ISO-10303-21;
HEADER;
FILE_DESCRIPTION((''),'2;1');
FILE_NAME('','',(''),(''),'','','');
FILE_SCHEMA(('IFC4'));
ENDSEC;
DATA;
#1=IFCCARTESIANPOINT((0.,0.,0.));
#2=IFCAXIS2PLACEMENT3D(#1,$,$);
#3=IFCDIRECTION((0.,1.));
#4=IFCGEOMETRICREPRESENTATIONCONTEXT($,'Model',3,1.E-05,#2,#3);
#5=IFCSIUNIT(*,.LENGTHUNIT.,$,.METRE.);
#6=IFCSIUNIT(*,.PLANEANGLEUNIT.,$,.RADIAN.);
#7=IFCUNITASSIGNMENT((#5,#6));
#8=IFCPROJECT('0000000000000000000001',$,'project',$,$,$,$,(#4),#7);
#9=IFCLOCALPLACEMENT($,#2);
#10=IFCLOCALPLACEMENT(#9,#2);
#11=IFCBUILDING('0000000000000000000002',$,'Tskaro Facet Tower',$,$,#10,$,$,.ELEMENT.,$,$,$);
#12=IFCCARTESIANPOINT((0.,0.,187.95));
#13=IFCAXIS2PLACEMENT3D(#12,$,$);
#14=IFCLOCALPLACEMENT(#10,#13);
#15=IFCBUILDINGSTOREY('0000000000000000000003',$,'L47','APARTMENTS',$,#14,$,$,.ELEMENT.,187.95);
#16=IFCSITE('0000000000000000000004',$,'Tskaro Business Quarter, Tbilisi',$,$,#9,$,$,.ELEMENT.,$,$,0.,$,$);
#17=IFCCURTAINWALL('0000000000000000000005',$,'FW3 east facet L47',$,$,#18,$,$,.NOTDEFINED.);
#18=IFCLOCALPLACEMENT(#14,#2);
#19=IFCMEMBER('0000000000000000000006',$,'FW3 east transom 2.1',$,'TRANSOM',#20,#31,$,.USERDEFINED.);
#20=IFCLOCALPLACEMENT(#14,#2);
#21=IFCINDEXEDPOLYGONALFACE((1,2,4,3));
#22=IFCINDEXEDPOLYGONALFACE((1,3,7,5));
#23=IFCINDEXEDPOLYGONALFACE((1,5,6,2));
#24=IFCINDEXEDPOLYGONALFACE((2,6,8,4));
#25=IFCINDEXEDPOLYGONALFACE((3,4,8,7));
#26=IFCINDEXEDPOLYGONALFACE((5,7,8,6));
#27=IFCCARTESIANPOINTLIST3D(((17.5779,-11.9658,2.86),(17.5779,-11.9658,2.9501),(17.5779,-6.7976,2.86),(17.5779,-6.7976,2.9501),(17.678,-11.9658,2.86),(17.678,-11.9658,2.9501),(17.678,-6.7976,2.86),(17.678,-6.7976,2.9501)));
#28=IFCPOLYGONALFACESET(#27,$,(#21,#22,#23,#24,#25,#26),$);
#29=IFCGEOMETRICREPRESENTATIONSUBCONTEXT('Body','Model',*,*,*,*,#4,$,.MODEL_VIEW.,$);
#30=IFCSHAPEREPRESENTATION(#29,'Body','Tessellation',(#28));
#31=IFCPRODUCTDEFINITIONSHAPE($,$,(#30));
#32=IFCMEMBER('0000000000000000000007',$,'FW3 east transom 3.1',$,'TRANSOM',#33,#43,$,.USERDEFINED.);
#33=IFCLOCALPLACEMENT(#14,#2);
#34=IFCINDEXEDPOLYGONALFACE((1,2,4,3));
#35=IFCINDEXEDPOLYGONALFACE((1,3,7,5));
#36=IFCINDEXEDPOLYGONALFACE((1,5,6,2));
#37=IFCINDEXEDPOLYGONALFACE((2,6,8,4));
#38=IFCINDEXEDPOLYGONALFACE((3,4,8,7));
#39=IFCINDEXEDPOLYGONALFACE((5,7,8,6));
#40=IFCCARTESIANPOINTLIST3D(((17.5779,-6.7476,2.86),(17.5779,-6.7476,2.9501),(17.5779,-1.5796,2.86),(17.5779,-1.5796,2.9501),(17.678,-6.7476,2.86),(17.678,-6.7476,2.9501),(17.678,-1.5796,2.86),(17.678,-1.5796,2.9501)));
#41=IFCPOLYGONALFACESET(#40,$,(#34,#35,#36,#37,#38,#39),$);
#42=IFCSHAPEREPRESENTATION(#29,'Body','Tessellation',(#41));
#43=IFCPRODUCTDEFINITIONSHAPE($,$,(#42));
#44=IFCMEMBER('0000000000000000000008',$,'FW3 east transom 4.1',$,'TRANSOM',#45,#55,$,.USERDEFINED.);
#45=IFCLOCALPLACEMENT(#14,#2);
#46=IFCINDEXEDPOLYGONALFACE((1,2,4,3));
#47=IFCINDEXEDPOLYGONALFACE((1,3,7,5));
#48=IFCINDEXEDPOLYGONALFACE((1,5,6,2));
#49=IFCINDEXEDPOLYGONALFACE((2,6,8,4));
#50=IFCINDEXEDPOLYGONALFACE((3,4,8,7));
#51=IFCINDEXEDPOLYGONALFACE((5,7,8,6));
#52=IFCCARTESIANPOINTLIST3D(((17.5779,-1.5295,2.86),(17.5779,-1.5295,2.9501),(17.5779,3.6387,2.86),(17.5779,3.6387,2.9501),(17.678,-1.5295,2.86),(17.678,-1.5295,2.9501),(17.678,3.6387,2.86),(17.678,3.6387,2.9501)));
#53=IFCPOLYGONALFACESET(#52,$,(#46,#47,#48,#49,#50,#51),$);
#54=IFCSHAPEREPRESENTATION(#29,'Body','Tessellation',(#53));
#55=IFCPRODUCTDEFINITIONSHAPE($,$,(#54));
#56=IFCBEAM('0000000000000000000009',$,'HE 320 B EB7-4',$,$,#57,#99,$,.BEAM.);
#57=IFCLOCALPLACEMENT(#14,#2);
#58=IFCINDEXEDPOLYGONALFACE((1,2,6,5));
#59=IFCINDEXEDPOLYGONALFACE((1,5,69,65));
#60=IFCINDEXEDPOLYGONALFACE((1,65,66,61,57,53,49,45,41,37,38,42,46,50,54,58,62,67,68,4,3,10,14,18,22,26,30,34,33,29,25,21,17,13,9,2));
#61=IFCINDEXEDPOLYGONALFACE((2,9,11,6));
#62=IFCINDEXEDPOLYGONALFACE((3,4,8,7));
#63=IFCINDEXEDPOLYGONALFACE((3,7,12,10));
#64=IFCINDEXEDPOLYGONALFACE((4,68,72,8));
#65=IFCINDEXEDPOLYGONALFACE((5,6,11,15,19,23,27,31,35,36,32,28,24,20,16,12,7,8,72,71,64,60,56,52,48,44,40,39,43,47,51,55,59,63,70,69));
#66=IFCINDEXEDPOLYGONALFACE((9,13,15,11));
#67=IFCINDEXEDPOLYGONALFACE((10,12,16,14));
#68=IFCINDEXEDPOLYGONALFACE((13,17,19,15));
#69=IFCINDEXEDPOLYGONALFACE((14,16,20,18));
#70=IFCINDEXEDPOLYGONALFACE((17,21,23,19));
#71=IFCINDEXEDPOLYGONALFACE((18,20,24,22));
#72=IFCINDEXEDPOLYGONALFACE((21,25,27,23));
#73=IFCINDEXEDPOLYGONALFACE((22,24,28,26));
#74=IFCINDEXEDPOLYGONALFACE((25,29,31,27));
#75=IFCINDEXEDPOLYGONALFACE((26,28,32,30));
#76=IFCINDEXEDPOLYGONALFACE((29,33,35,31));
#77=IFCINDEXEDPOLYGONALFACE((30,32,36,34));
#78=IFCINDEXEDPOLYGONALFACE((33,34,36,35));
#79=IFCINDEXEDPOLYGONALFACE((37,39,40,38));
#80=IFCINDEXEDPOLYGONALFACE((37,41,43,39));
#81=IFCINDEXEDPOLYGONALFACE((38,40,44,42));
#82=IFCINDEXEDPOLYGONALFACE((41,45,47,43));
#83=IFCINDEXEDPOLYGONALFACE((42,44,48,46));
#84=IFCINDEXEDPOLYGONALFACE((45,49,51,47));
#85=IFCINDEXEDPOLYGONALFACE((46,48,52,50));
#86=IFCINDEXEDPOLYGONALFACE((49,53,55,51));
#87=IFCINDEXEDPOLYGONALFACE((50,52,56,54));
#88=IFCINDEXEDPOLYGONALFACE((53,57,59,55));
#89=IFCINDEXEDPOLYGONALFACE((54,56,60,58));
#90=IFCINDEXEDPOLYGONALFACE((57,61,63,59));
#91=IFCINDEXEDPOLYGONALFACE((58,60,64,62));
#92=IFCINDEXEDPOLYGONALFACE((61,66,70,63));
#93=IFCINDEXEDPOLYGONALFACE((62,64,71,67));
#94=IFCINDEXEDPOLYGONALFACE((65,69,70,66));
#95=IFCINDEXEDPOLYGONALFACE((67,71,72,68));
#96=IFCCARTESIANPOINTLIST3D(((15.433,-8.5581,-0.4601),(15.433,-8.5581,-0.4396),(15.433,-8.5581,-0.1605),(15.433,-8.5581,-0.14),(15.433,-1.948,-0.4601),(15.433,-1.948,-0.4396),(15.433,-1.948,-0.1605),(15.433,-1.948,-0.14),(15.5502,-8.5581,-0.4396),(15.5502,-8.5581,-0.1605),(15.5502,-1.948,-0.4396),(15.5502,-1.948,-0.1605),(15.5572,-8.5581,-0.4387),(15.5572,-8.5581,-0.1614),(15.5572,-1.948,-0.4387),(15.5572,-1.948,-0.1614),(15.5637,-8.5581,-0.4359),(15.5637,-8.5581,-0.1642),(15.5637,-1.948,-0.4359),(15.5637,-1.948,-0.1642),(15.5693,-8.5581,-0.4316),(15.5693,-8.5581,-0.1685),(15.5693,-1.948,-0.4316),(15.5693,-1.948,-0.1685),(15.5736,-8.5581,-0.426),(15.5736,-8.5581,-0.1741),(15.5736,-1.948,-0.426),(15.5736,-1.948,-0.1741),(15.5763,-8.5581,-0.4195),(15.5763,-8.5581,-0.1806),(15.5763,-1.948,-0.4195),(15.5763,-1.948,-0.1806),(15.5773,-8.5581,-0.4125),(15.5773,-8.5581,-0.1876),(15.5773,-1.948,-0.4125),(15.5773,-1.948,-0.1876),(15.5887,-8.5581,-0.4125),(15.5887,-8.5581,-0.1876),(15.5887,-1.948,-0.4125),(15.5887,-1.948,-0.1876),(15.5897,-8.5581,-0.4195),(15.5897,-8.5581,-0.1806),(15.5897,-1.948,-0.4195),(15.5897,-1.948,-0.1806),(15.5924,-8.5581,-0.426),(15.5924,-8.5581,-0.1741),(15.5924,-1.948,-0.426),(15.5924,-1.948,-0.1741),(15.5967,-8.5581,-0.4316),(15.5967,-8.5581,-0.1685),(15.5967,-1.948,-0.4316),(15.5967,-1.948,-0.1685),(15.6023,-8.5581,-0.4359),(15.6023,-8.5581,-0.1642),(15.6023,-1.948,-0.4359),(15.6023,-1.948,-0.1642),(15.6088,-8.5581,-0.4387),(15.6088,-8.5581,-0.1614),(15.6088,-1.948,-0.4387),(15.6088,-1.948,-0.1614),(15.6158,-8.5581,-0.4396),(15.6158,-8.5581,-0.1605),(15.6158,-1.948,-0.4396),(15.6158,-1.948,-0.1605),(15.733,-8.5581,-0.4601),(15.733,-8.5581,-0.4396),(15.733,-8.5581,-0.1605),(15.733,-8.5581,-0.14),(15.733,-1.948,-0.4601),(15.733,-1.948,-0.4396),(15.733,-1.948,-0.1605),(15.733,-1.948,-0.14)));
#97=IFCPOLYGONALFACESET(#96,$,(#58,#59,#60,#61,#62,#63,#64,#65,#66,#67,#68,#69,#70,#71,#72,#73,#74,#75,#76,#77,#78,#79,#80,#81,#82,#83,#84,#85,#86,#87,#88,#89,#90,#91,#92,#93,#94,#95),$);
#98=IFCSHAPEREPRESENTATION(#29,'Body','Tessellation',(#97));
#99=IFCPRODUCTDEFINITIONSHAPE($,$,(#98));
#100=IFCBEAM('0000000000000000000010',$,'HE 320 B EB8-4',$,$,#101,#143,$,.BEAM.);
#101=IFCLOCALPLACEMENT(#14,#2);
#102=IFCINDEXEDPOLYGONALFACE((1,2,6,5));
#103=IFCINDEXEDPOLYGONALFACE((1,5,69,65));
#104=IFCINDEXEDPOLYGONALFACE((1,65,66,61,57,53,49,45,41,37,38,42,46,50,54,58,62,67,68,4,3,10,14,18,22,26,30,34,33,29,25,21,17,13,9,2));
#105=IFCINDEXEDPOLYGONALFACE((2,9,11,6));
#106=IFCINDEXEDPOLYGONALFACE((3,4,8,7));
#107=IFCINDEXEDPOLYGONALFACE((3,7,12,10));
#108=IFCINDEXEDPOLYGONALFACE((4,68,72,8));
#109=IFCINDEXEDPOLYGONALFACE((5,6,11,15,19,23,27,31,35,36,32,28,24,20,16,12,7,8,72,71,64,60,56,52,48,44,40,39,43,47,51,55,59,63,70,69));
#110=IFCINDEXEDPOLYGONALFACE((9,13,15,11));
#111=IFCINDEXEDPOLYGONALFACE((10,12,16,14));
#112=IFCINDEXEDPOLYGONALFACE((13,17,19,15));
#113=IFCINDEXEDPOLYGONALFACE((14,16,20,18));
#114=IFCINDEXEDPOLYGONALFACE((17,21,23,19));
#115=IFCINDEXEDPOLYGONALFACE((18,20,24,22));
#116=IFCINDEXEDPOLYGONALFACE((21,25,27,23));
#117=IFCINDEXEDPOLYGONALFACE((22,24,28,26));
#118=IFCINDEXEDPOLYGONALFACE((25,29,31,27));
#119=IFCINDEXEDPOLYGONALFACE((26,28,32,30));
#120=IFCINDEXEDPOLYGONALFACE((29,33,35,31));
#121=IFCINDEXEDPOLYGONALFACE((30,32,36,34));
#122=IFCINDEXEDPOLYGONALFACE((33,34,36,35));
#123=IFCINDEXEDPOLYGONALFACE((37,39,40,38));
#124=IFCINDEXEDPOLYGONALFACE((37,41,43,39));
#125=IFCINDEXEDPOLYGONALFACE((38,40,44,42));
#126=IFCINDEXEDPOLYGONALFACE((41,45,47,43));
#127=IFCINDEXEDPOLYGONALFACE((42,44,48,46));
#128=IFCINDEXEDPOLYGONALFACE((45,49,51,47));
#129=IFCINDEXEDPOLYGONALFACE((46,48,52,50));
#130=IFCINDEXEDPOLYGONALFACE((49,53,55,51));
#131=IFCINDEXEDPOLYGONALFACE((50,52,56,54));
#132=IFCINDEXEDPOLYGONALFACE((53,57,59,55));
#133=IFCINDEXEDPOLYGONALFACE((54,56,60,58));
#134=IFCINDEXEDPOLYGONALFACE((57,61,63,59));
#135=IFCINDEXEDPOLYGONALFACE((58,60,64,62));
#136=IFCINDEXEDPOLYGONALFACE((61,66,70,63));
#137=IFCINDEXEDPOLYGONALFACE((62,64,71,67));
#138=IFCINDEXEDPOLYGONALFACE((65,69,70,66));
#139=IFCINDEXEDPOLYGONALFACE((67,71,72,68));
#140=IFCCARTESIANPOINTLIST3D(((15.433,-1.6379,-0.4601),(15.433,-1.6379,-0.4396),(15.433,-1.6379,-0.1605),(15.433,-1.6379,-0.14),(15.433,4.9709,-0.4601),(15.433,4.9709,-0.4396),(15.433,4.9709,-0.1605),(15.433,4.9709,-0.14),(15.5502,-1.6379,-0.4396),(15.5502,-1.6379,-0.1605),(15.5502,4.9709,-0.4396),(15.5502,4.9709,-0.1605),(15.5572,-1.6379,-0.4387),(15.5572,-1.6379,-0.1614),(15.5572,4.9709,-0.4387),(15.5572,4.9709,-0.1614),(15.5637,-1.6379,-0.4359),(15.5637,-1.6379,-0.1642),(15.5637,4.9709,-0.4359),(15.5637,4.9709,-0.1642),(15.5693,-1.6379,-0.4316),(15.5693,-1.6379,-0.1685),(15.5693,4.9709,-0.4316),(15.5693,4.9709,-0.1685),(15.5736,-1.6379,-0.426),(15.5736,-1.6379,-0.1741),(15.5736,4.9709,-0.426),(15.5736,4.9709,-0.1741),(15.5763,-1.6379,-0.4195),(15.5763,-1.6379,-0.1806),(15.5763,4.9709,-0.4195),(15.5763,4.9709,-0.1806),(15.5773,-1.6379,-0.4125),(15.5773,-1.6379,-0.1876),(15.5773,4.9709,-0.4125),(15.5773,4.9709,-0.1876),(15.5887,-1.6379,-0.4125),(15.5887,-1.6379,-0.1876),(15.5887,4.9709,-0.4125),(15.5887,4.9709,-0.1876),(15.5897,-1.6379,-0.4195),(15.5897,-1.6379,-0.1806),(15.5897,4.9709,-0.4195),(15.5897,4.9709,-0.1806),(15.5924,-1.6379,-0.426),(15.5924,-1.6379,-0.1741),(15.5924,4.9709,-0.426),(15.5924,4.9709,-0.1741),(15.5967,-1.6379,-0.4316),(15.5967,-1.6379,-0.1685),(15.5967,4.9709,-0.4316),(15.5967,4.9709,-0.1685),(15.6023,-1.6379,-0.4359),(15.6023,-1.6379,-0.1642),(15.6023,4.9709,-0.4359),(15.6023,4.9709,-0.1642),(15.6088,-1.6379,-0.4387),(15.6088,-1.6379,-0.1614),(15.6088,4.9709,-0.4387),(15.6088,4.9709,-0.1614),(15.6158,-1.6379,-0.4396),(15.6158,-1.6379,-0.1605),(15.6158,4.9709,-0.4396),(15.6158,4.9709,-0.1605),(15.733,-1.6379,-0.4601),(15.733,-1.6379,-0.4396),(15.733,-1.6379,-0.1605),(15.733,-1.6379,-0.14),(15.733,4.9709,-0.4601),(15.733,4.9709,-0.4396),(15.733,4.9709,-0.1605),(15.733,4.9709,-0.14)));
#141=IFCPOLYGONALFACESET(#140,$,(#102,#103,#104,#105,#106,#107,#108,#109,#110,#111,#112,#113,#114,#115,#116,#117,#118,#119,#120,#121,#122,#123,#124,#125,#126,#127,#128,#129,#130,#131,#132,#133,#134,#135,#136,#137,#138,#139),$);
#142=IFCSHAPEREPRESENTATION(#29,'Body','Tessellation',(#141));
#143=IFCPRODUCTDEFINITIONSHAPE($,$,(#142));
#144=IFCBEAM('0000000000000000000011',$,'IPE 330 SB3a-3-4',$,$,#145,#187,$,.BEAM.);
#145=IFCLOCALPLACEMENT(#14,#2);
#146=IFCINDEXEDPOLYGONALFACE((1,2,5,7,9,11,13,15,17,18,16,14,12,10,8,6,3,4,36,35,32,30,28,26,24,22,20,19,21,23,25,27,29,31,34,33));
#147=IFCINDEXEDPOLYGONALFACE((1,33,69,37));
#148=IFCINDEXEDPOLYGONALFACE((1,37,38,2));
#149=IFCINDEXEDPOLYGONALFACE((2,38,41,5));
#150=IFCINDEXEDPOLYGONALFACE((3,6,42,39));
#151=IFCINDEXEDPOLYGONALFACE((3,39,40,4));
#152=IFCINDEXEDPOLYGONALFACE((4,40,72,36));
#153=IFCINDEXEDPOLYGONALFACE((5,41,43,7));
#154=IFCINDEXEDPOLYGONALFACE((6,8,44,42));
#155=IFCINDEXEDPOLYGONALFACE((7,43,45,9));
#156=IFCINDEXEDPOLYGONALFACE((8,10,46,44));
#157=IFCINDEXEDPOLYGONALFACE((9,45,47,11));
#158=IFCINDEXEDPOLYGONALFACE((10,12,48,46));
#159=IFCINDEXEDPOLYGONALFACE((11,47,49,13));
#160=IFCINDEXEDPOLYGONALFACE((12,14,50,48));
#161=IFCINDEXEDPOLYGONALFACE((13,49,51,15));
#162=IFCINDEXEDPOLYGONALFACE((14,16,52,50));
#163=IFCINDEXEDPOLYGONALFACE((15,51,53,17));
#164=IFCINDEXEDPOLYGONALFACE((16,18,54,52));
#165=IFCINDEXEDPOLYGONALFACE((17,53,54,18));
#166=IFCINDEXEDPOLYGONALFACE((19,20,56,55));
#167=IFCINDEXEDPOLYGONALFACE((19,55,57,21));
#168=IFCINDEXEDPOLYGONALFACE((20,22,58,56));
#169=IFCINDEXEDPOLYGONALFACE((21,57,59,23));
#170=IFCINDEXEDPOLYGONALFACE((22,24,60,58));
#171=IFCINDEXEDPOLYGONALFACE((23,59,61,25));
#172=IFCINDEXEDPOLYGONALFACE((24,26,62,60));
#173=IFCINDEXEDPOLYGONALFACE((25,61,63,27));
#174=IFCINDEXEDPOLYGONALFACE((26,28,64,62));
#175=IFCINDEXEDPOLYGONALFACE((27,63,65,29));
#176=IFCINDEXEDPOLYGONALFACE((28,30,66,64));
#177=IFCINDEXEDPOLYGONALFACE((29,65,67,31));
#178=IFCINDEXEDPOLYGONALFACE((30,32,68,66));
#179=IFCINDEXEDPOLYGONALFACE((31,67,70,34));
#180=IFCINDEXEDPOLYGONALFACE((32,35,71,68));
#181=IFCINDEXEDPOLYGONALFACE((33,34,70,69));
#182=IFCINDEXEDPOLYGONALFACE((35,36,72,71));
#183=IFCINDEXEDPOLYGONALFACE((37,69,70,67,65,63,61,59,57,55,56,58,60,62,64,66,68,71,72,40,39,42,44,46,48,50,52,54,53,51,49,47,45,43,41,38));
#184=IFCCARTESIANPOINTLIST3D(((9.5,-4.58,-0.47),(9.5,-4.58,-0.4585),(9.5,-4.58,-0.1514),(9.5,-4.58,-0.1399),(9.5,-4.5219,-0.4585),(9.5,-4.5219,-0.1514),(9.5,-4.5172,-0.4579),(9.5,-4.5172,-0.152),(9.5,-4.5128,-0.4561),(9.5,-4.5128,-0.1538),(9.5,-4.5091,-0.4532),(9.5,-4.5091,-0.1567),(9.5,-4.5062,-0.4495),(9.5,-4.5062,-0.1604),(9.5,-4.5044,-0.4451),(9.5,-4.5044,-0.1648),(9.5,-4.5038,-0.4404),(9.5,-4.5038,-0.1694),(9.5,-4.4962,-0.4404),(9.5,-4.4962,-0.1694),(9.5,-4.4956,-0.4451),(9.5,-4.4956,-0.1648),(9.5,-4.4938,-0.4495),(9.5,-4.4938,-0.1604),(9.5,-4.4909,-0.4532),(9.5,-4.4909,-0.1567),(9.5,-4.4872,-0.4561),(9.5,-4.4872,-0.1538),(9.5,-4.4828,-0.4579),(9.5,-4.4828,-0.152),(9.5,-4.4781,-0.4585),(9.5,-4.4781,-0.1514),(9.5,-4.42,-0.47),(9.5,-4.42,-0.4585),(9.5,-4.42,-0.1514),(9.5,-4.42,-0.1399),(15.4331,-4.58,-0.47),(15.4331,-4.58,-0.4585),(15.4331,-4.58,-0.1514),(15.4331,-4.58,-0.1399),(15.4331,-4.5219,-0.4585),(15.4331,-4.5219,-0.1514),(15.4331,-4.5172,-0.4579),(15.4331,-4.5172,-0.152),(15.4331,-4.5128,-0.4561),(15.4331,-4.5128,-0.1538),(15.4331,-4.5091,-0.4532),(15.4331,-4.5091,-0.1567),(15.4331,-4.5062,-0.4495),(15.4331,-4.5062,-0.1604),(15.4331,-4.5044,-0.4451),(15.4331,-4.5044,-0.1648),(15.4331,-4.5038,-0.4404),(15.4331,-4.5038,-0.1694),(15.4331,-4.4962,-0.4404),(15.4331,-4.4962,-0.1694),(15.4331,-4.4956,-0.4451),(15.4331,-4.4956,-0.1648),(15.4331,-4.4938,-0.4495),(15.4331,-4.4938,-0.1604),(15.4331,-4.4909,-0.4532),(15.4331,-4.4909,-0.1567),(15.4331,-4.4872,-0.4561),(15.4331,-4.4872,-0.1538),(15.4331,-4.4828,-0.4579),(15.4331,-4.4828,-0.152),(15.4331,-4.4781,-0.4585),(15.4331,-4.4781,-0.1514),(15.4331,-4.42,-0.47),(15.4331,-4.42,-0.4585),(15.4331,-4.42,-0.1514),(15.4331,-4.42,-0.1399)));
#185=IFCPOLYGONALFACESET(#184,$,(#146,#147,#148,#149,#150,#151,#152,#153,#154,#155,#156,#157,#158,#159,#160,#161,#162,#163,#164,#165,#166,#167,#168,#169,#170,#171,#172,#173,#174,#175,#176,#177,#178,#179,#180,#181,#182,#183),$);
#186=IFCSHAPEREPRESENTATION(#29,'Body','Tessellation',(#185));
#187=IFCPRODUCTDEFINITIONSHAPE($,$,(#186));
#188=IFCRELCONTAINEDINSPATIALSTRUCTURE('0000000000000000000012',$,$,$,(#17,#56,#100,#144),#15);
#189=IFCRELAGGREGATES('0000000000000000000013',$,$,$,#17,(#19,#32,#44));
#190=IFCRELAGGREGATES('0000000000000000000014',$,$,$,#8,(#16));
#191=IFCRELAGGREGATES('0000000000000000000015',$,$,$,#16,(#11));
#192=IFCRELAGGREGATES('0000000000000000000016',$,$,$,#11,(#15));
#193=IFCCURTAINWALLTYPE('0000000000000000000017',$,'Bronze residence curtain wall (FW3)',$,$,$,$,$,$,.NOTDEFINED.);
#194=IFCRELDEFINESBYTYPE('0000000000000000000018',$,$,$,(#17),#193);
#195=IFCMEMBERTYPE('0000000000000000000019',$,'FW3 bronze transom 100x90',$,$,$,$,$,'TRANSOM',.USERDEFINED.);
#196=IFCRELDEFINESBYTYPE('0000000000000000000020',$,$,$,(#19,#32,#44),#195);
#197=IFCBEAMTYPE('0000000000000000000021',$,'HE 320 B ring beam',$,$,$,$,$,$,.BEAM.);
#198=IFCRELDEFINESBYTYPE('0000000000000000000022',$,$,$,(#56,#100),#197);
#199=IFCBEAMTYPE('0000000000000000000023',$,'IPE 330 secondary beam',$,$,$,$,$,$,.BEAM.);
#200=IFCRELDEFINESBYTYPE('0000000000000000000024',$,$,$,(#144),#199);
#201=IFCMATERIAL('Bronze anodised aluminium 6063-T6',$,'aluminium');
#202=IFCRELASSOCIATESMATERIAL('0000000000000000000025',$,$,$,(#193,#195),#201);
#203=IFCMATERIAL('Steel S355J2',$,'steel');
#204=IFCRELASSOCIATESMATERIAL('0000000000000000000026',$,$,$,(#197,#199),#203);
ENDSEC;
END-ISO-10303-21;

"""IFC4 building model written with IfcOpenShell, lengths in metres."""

from ifc_helpers import new_model, si_unit, direction, frame, origin, origin_2d, place, context, subcontext, project, spatial, rectangle, i_section, extrude, material, material_profile, profile_set, type_object, element, aggregate, save


model = new_model("IFC4")

# Units and contexts
model_context = context("Model", 3, precision=1e-05, world=origin(), true_north=direction((0.0, 1.0)))
body_context = subcontext(model_context, "Body", "Model", "MODEL_VIEW")
ifc_project = project(units=[si_unit("LENGTHUNIT", "METRE"), si_unit("PLANEANGLEUNIT", "RADIAN")], contexts=[model_context])

# Site, building, storey
site_placement = place(None, origin())
site = spatial("IfcSite", under=ifc_project, at=site_placement, Name="Tskaro Business Quarter, Tbilisi", CompositionType="ELEMENT", RefElevation=0.0)
building_placement = place(site_placement, origin())
building = spatial("IfcBuilding", under=site, at=building_placement, Name="Tskaro Facet Tower", CompositionType="ELEMENT")
storey_placement = place(building_placement, frame((0.0, 0.0, 187.95)))
storey = spatial("IfcBuildingStorey", under=building, at=storey_placement, Name="L47", Description="APARTMENTS", CompositionType="ELEMENT", Elevation=187.95)

# Curtain wall, members
ifc_material_1 = material(Name="Bronze anodised aluminium 6063-T6", Category="aluminium")
curtain_wall_type = type_object("IfcCurtainWallType", Name="Bronze residence curtain wall (FW3)", PredefinedType="NOTDEFINED", material=ifc_material_1)
curtain_wall_placement = place(storey_placement, origin())
curtain_wall = element("IfcCurtainWall", 1, at=curtain_wall_placement, inside=storey, type_object=curtain_wall_type, Name="FW3 east facet L47", PredefinedType="NOTDEFINED")
ifc_material_profile_1 = material_profile(ifc_material_1, rectangle(XDim=0.1001, YDim=0.0901, at=origin_2d()), Name="Transom 100x90")
ifc_profile_set_1 = profile_set([ifc_material_profile_1], Name="Bronze anodised aluminium 6063-T6")
member_type_1 = type_object("IfcMemberType", Name="FW3 bronze transom 100x90", ElementType="TRANSOM", PredefinedType="USERDEFINED", material=ifc_profile_set_1)
member_1_placement = place(storey_placement, frame((17.6279, -11.9658, 2.905), z_axis=(0.0, 1.0, 0.0), x_axis=(-1.0, 0.0, 0.0)))
member_1 = element("IfcMember", 2, at=member_1_placement, type_object=member_type_1, Name="FW3 east transom 2.1", ObjectType="TRANSOM", PredefinedType="USERDEFINED", context=body_context, shape_type="SweptSolid", body=[
    extrude(rectangle(XDim=0.1001, YDim=0.0901, at=origin_2d()), origin(), (0.0, 0.0, 1.0), 5.1682),
])
member_2_placement = place(storey_placement, frame((17.6279, -6.7476, 2.905), z_axis=(0.0, 1.0, 0.0), x_axis=(-1.0, 0.0, 0.0)))
member_2 = element("IfcMember", 3, at=member_2_placement, type_object=member_type_1, Name="FW3 east transom 3.1", ObjectType="TRANSOM", PredefinedType="USERDEFINED", context=body_context, shape_type="SweptSolid", body=[
    extrude(rectangle(XDim=0.1001, YDim=0.0901, at=origin_2d()), origin(), (0.0, 0.0, 1.0), 5.168),
])
member_3_placement = place(storey_placement, frame((17.6279, -1.5295, 2.905), z_axis=(0.0, 1.0, 0.0), x_axis=(-1.0, 0.0, 0.0)))
member_3 = element("IfcMember", 4, at=member_3_placement, type_object=member_type_1, Name="FW3 east transom 4.1", ObjectType="TRANSOM", PredefinedType="USERDEFINED", context=body_context, shape_type="SweptSolid", body=[
    extrude(rectangle(XDim=0.1001, YDim=0.0901, at=origin_2d()), origin(), (0.0, 0.0, 1.0), 5.1682),
])

# Beams
ifc_material_2 = material(Name="Steel S355J2", Category="steel")
ifc_material_profile_2 = material_profile(ifc_material_2, i_section(OverallWidth=0.3, OverallDepth=0.3201, WebThickness=0.0115, FlangeThickness=0.0205, FilletRadius=0.0271, at=origin_2d()), Name="HE 320 B")
ifc_profile_set_2 = profile_set([ifc_material_profile_2], Name="Steel S355J2")
beam_type_1 = type_object("IfcBeamType", Name="HE 320 B ring beam", PredefinedType="BEAM", material=ifc_profile_set_2)
beam_1_placement = place(storey_placement, frame((15.583, -8.5581, -0.3), z_axis=(0.0, 1.0, 0.0), x_axis=(-1.0, 0.0, 0.0)))
element("IfcBeam", 5, at=beam_1_placement, inside=storey, type_object=beam_type_1, Name="HE 320 B EB7-4", PredefinedType="BEAM", context=body_context, shape_type="SweptSolid", body=[
    extrude(i_section(OverallWidth=0.3, OverallDepth=0.3201, WebThickness=0.0115, FlangeThickness=0.0205, FilletRadius=0.0271, at=origin_2d()), origin(), (0.0, 0.0, 1.0), 6.6101),
])
beam_2_placement = place(storey_placement, frame((15.583, -1.6379, -0.3), z_axis=(0.0, 1.0, 0.0), x_axis=(-1.0, 0.0, 0.0)))
element("IfcBeam", 6, at=beam_2_placement, inside=storey, type_object=beam_type_1, Name="HE 320 B EB8-4", PredefinedType="BEAM", context=body_context, shape_type="SweptSolid", body=[
    extrude(i_section(OverallWidth=0.3, OverallDepth=0.3201, WebThickness=0.0115, FlangeThickness=0.0205, FilletRadius=0.0271, at=origin_2d()), origin(), (0.0, 0.0, 1.0), 6.6089),
])
ifc_material_profile_3 = material_profile(ifc_material_2, i_section(OverallWidth=0.1599, OverallDepth=0.3301, WebThickness=0.0076, FlangeThickness=0.0115, FilletRadius=0.0181, at=origin_2d()), Name="IPE 330")
ifc_profile_set_3 = profile_set([ifc_material_profile_3], Name="Steel S355J2")
beam_type_2 = type_object("IfcBeamType", Name="IPE 330 secondary beam", PredefinedType="BEAM", material=ifc_profile_set_3)
beam_3_placement = place(storey_placement, frame((9.5, -4.5, -0.3049), z_axis=(1.0, 0.0, 0.0), x_axis=(0.0, 1.0, 0.0)))
element("IfcBeam", 7, at=beam_3_placement, inside=storey, type_object=beam_type_2, Name="IPE 330 SB3a-3-4", PredefinedType="BEAM", context=body_context, shape_type="SweptSolid", body=[
    extrude(i_section(OverallWidth=0.1599, OverallDepth=0.3301, WebThickness=0.0076, FlangeThickness=0.0115, FilletRadius=0.0181, at=origin_2d()), origin(), (0.0, 0.0, 1.0), 5.9331),
])

aggregate(curtain_wall, [member_1, member_2, member_3])

save(model, "model.ifc")
